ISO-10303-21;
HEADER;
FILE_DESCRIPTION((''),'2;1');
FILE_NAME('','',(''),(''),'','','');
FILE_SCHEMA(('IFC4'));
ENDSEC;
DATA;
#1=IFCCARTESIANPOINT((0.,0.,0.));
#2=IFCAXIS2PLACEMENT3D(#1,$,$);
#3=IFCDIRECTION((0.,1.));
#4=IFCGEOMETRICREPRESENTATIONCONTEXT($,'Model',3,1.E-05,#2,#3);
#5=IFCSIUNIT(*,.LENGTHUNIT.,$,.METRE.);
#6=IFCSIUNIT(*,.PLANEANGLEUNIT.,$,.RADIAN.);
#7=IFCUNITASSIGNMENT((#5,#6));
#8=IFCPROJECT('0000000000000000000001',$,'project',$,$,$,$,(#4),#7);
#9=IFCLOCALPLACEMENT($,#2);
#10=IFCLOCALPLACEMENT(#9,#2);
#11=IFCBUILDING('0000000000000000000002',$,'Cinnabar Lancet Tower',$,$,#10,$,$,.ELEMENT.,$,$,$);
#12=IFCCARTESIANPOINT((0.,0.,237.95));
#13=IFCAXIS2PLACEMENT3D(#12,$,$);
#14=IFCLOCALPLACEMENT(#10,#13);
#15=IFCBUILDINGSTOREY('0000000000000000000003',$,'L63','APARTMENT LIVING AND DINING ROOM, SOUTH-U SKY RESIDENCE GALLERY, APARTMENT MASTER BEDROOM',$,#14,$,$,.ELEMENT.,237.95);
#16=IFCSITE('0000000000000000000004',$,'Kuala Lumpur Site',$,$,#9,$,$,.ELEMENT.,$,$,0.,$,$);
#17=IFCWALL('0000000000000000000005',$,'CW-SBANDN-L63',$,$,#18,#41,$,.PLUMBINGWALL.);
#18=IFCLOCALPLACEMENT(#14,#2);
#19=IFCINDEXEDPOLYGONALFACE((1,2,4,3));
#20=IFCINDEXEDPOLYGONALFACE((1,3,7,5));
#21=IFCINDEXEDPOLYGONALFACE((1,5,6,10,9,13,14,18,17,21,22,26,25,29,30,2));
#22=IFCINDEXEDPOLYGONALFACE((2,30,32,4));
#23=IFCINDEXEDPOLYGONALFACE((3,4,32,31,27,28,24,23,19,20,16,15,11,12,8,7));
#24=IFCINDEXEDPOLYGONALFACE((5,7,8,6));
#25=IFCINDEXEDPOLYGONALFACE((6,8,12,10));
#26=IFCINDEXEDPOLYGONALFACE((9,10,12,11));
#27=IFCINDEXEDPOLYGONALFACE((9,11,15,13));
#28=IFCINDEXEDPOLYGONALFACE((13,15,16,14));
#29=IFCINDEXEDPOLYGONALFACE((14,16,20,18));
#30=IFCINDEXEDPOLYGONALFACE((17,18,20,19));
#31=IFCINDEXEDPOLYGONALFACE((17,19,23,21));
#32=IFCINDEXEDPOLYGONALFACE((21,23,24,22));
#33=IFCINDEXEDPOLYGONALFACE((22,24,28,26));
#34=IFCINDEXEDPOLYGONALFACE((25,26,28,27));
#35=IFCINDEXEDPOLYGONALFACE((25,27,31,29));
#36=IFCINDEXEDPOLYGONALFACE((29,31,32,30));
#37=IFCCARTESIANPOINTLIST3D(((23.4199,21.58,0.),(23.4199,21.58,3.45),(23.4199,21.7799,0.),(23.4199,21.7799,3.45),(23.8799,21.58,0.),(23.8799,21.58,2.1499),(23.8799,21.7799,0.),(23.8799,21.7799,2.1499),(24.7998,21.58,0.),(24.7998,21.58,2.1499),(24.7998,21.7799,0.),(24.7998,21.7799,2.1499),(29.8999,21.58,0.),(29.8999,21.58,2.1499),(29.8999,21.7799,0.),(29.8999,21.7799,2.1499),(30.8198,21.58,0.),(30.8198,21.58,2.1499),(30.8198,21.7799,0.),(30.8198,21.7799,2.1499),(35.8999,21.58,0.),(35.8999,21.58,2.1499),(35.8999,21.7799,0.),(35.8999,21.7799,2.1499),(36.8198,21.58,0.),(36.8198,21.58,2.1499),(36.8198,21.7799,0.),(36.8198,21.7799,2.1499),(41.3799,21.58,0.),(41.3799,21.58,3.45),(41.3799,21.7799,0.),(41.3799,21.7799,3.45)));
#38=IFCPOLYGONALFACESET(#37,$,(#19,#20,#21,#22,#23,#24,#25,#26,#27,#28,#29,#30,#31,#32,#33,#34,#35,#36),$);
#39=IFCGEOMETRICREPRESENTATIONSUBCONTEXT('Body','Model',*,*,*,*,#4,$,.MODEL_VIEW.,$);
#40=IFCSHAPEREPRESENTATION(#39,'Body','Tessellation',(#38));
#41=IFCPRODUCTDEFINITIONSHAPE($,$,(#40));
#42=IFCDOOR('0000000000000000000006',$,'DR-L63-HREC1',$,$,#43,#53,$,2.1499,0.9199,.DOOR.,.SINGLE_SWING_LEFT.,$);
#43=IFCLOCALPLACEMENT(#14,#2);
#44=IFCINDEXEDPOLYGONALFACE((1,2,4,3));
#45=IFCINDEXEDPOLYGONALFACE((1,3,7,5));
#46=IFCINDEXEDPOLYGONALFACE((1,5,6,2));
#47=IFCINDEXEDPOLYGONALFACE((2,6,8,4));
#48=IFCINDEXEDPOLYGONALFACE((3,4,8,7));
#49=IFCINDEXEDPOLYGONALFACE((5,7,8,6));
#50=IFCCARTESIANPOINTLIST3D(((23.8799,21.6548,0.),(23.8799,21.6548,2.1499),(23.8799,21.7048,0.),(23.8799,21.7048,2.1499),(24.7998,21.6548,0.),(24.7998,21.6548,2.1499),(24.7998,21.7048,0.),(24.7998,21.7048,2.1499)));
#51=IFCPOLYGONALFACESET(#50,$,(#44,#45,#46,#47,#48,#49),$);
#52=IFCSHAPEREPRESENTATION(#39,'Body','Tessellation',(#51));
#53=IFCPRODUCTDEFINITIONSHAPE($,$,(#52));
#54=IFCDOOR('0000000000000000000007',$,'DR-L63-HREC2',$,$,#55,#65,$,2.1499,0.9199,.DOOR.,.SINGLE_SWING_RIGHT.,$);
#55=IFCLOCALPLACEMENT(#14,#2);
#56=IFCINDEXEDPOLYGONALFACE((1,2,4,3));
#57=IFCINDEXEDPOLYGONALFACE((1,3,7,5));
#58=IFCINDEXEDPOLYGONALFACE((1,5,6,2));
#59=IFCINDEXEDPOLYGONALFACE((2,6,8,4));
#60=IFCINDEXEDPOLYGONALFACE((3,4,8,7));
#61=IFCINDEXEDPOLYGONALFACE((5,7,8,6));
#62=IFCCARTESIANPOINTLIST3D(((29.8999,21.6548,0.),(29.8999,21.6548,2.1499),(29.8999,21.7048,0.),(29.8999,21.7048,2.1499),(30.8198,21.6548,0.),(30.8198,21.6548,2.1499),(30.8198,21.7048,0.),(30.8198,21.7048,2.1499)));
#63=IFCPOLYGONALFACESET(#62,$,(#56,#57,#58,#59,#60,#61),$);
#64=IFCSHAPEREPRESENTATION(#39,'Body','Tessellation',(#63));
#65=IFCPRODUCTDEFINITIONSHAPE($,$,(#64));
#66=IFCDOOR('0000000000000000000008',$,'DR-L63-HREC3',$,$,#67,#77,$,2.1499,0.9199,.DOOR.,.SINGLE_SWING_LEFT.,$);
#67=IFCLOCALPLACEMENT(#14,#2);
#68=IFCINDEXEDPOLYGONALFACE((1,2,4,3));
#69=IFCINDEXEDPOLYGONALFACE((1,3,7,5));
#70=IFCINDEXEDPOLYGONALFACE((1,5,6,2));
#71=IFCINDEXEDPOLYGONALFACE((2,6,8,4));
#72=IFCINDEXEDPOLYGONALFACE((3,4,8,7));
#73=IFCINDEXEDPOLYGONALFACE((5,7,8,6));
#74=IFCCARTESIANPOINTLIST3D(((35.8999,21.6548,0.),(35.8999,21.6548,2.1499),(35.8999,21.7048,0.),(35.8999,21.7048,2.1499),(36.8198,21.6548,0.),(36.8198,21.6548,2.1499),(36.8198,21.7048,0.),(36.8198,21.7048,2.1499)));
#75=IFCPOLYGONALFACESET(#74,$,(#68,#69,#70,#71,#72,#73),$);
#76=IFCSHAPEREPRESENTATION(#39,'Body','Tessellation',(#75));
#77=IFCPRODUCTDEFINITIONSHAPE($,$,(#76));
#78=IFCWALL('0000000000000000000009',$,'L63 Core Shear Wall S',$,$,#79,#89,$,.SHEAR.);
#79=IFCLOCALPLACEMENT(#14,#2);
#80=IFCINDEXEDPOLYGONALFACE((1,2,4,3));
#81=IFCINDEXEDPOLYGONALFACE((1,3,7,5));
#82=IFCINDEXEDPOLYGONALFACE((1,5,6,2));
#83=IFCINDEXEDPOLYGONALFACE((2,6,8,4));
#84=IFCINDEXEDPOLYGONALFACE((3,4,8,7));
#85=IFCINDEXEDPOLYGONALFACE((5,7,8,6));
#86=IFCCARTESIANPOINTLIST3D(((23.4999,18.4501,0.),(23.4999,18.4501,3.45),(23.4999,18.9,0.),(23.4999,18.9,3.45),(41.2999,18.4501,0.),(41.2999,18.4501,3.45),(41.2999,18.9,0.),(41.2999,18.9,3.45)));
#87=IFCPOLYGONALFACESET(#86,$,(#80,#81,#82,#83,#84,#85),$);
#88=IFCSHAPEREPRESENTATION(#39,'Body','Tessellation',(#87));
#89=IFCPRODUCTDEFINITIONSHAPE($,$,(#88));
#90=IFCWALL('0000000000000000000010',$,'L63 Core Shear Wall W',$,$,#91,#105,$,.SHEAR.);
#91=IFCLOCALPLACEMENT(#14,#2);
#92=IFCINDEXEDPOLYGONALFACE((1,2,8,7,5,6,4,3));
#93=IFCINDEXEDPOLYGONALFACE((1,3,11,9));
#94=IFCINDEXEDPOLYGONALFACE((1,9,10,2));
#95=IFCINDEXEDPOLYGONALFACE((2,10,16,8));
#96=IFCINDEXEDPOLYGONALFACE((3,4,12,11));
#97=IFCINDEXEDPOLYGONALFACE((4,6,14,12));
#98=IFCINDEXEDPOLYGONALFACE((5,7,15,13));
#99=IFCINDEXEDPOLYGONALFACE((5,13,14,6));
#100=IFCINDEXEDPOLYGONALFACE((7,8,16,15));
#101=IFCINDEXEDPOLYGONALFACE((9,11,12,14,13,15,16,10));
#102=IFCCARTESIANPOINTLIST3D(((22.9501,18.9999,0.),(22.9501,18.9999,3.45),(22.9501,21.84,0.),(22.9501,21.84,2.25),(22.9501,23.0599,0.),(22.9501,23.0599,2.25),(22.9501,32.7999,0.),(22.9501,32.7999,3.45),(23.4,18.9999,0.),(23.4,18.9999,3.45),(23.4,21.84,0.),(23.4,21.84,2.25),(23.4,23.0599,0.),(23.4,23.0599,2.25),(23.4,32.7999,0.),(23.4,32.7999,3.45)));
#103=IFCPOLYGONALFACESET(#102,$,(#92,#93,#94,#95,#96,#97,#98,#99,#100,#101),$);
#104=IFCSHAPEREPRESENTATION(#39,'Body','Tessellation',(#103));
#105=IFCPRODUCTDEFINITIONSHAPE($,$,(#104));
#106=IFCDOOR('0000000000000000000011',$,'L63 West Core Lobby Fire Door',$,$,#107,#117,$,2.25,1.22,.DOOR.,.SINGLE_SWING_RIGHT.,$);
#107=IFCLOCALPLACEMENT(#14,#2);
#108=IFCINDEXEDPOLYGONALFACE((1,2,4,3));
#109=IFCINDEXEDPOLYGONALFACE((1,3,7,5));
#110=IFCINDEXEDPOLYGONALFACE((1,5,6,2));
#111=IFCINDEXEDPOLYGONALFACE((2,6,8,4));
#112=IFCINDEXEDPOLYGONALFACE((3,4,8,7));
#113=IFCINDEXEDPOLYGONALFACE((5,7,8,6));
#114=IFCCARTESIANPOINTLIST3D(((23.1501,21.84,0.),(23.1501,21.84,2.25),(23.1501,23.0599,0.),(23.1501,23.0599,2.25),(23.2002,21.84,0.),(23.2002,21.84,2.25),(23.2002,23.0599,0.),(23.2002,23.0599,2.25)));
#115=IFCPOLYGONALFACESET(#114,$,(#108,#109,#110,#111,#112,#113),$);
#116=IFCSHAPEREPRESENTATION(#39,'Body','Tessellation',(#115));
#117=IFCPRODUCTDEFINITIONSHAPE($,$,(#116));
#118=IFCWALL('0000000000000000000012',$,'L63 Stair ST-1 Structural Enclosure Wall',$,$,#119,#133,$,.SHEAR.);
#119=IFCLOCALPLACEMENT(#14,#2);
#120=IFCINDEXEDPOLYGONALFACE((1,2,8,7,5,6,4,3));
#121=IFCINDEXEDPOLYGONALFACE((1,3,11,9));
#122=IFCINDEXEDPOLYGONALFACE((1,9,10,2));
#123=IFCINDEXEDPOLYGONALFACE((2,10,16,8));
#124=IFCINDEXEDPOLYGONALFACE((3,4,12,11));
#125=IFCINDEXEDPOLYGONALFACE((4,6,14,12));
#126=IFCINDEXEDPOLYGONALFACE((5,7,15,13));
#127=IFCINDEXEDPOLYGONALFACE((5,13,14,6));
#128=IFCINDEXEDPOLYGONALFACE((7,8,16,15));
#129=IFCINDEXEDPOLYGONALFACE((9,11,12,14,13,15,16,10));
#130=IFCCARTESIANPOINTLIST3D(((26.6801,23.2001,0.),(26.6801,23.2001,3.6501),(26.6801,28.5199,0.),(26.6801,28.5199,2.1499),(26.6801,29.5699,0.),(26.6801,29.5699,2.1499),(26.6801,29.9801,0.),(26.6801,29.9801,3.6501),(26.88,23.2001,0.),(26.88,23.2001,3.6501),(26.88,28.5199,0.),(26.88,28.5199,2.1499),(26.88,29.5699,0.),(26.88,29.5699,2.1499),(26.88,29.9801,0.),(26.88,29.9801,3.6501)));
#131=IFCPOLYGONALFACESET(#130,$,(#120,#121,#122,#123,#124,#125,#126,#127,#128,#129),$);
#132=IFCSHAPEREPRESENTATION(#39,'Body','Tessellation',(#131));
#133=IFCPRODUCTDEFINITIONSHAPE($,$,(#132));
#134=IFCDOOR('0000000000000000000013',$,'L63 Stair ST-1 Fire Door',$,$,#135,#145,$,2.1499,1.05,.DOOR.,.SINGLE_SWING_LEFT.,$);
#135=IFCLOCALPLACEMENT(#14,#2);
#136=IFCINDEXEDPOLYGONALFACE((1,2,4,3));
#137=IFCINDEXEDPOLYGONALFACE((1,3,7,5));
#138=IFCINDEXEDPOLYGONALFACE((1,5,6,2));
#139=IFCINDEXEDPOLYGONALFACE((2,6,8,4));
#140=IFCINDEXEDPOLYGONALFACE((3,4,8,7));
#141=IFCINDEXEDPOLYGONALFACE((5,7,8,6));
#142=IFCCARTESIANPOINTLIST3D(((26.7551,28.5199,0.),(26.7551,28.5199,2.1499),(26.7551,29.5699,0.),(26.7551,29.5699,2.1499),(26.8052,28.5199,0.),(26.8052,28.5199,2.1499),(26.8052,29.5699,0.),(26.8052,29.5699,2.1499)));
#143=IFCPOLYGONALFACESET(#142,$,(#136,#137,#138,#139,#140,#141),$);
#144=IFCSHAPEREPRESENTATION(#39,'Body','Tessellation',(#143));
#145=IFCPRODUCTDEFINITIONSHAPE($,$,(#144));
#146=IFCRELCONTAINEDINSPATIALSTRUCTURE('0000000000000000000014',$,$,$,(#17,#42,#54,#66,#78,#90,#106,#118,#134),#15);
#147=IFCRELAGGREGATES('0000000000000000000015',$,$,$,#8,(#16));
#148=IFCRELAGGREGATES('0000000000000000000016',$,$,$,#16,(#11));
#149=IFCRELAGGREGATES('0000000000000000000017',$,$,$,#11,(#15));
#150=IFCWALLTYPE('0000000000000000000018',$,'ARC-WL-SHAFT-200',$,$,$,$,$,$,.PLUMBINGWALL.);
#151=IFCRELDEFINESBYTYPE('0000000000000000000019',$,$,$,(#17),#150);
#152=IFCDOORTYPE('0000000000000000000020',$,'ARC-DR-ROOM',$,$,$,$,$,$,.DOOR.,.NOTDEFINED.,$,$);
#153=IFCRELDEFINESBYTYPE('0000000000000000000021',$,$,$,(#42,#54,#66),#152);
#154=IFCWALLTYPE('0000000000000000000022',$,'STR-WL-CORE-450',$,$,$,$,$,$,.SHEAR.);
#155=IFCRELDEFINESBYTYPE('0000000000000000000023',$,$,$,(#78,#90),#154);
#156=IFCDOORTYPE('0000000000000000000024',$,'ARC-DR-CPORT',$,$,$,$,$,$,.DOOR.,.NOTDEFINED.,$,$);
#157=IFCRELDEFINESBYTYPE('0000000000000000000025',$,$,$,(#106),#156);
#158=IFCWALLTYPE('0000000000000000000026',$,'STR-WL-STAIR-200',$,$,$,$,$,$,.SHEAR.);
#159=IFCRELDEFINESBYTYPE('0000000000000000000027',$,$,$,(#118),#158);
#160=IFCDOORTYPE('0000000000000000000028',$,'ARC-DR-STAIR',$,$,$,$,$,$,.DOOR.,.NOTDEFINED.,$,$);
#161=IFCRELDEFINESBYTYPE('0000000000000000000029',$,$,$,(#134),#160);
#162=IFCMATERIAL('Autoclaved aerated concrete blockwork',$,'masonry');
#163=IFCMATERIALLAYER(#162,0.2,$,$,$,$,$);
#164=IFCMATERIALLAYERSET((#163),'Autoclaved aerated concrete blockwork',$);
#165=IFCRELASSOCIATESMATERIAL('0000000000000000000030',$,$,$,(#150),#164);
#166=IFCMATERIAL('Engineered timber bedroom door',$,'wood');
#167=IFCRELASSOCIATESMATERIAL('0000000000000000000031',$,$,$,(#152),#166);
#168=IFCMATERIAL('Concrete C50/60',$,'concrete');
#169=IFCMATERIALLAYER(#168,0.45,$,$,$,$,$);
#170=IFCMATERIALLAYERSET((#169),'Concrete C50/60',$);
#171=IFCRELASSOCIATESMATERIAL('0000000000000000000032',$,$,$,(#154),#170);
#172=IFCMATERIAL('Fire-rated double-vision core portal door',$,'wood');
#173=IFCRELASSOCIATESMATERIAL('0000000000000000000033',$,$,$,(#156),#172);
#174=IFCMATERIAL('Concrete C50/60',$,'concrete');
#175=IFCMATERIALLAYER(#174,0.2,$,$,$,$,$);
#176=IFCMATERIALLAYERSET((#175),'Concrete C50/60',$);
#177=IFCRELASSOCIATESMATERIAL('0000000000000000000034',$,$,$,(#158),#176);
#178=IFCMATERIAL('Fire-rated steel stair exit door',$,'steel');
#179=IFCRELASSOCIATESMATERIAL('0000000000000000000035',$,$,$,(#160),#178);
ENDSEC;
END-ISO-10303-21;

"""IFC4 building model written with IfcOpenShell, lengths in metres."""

from ifc_helpers import new_model, si_unit, direction, frame, frame_2d, origin, place, context, subcontext, project, spatial, rectangle, extrude, material, layer, layer_set, type_object, element, fill, save


model = new_model("IFC4")

# Units and contexts
model_context = context("Model", 3, precision=1e-05, world=origin(), true_north=direction((0.0, 1.0)))
body_context = subcontext(model_context, "Body", "Model", "MODEL_VIEW")
ifc_project = project(units=[si_unit("LENGTHUNIT", "METRE"), si_unit("PLANEANGLEUNIT", "RADIAN")], contexts=[model_context])

# Site, building, storey
site_placement = place(None, origin())
site = spatial("IfcSite", under=ifc_project, at=site_placement, Name="Kuala Lumpur Site", CompositionType="ELEMENT", RefElevation=0.0)
building_placement = place(site_placement, origin())
building = spatial("IfcBuilding", under=site, at=building_placement, Name="Cinnabar Lancet Tower", CompositionType="ELEMENT")
storey_placement = place(building_placement, frame((0.0, 0.0, 237.95)))
storey = spatial("IfcBuildingStorey", under=building, at=storey_placement, Name="L63", Description="APARTMENT LIVING AND DINING ROOM, SOUTH-U SKY RESIDENCE GALLERY, APARTMENT MASTER BEDROOM", CompositionType="ELEMENT", Elevation=237.95)

# Shared definitions
ifc_material_1 = material(Name="Autoclaved aerated concrete blockwork", Category="masonry")
ifc_layer_1 = layer(ifc_material_1, 0.2)
ifc_layer_set_1 = layer_set([ifc_layer_1], Name="Autoclaved aerated concrete blockwork")
wall_type_1 = type_object("IfcWallType", Name="ARC-WL-SHAFT-200", PredefinedType="PLUMBINGWALL", material=ifc_layer_set_1)

# Wall, openings, doors
wall_1_placement = place(storey_placement, frame((23.4199, 21.6799, 0.0), z_axis=(0.0, 0.0, 1.0), x_axis=(1.0, 0.0, 0.0)))
wall_1 = element("IfcWall", 1, at=wall_1_placement, inside=storey, type_object=wall_type_1, Name="CW-SBANDN-L63", PredefinedType="PLUMBINGWALL", context=body_context, shape_type="SweptSolid", body=[
    extrude(rectangle(XDim=17.96, YDim=0.2, at=frame_2d((8.98, 0.0))), origin(), (0.0, 0.0, 1.0), 3.45),
])
opening_1_placement = place(wall_1_placement, frame((0.46, 0.0, 0.0)))
opening_1 = element("IfcOpeningElement", 2, at=opening_1_placement, cuts=wall_1, PredefinedType="OPENING", context=body_context, shape_type="SweptSolid", body=[
    extrude(rectangle(XDim=0.9199, YDim=2.1499, at=frame_2d((0.46, 1.075))), frame((0.0, 0.1099, 0.0), z_axis=(0.0, -1.0, 0.0), x_axis=(1.0, 0.0, 0.0)), (0.0, 0.0, 1.0), 0.22),
])
opening_2_placement = place(wall_1_placement, frame((6.48, 0.0, 0.0)))
opening_2 = element("IfcOpeningElement", 3, at=opening_2_placement, cuts=wall_1, PredefinedType="OPENING", context=body_context, shape_type="SweptSolid", body=[
    extrude(rectangle(XDim=0.9199, YDim=2.1499, at=frame_2d((0.46, 1.075))), frame((0.0, 0.1099, 0.0), z_axis=(0.0, -1.0, 0.0), x_axis=(1.0, 0.0, 0.0)), (0.0, 0.0, 1.0), 0.22),
])
opening_3_placement = place(wall_1_placement, frame((12.48, 0.0, 0.0)))
opening_3 = element("IfcOpeningElement", 4, at=opening_3_placement, cuts=wall_1, PredefinedType="OPENING", context=body_context, shape_type="SweptSolid", body=[
    extrude(rectangle(XDim=0.9199, YDim=2.1499, at=frame_2d((0.46, 1.075))), frame((0.0, 0.1099, 0.0), z_axis=(0.0, -1.0, 0.0), x_axis=(1.0, 0.0, 0.0)), (0.0, 0.0, 1.0), 0.22),
])
ifc_material_2 = material(Name="Engineered timber bedroom door", Category="wood")
door_type_1 = type_object("IfcDoorType", Name="ARC-DR-ROOM", OperationType="NOTDEFINED", PredefinedType="DOOR", material=ifc_material_2)
door_1_placement = place(opening_1_placement, origin())
door_1 = element("IfcDoor", 5, at=door_1_placement, inside=storey, type_object=door_type_1, Name="DR-L63-HREC1", OperationType="SINGLE_SWING_LEFT", OverallHeight=2.1499, OverallWidth=0.9199, PredefinedType="DOOR", context=body_context, shape_type="SweptSolid", body=[
    extrude(rectangle(XDim=0.9199, YDim=2.1499, at=frame_2d((0.46, 1.075))), frame((0.0, 0.0249, 0.0), z_axis=(0.0, -1.0, 0.0), x_axis=(1.0, 0.0, 0.0)), (0.0, 0.0, 1.0), 0.05),
])
fill(opening_1, door_1)
door_2_placement = place(opening_2_placement, origin())
door_2 = element("IfcDoor", 6, at=door_2_placement, inside=storey, type_object=door_type_1, Name="DR-L63-HREC2", OperationType="SINGLE_SWING_RIGHT", OverallHeight=2.1499, OverallWidth=0.9199, PredefinedType="DOOR", context=body_context, shape_type="SweptSolid", body=[
    extrude(rectangle(XDim=0.9199, YDim=2.1499, at=frame_2d((0.46, 1.075))), frame((0.0, 0.0249, 0.0), z_axis=(0.0, -1.0, 0.0), x_axis=(1.0, 0.0, 0.0)), (0.0, 0.0, 1.0), 0.05),
])
fill(opening_2, door_2)
door_3_placement = place(opening_3_placement, origin())
door_3 = element("IfcDoor", 7, at=door_3_placement, inside=storey, type_object=door_type_1, Name="DR-L63-HREC3", OperationType="SINGLE_SWING_LEFT", OverallHeight=2.1499, OverallWidth=0.9199, PredefinedType="DOOR", context=body_context, shape_type="SweptSolid", body=[
    extrude(rectangle(XDim=0.9199, YDim=2.1499, at=frame_2d((0.46, 1.075))), frame((0.0, 0.0249, 0.0), z_axis=(0.0, -1.0, 0.0), x_axis=(1.0, 0.0, 0.0)), (0.0, 0.0, 1.0), 0.05),
])
fill(opening_3, door_3)

# Wall
ifc_material_3 = material(Name="Concrete C50/60", Category="concrete")
ifc_layer_2 = layer(ifc_material_3, 0.45)
ifc_layer_set_2 = layer_set([ifc_layer_2], Name="Concrete C50/60")
wall_type_2 = type_object("IfcWallType", Name="STR-WL-CORE-450", PredefinedType="SHEAR", material=ifc_layer_set_2)
wall_2_placement = place(storey_placement, frame((23.5, 18.675, 0.0), z_axis=(0.0, 0.0, 1.0), x_axis=(1.0, 0.0, 0.0)))
element("IfcWall", 8, at=wall_2_placement, inside=storey, type_object=wall_type_2, Name="L63 Core Shear Wall S", PredefinedType="SHEAR", context=body_context, shape_type="SweptSolid", body=[
    extrude(rectangle(XDim=17.8, YDim=0.45, at=frame_2d((8.8999, 0.0))), origin(), (0.0, 0.0, 1.0), 3.45),
])

# Walls, openings, doors
wall_3_placement = place(storey_placement, frame((23.175, 19.0, 0.0), z_axis=(0.0, 0.0, 1.0), x_axis=(0.0, 1.0, 0.0)))
wall_3 = element("IfcWall", 9, at=wall_3_placement, inside=storey, type_object=wall_type_2, Name="L63 Core Shear Wall W", PredefinedType="SHEAR", context=body_context, shape_type="SweptSolid", body=[
    extrude(rectangle(XDim=13.8, YDim=0.45, at=frame_2d((6.8999, 0.0))), origin(), (0.0, 0.0, 1.0), 3.45),
])
opening_4_placement = place(wall_3_placement, frame((2.8401, 0.0, 0.0)))
opening_4 = element("IfcOpeningElement", 10, at=opening_4_placement, cuts=wall_3, PredefinedType="OPENING", context=body_context, shape_type="SweptSolid", body=[
    extrude(rectangle(XDim=1.22, YDim=2.25, at=frame_2d((0.6099, 1.125))), frame((0.0, 0.2349, 0.0), z_axis=(0.0, -1.0, 0.0), x_axis=(1.0, 0.0, 0.0)), (0.0, 0.0, 1.0), 0.47),
])
ifc_material_4 = material(Name="Fire-rated double-vision core portal door", Category="wood")
door_type_2 = type_object("IfcDoorType", Name="ARC-DR-CPORT", OperationType="NOTDEFINED", PredefinedType="DOOR", material=ifc_material_4)
door_4_placement = place(opening_4_placement, origin())
door_4 = element("IfcDoor", 11, at=door_4_placement, inside=storey, type_object=door_type_2, Name="L63 West Core Lobby Fire Door", OperationType="SINGLE_SWING_RIGHT", OverallHeight=2.25, OverallWidth=1.22, PredefinedType="DOOR", context=body_context, shape_type="SweptSolid", body=[
    extrude(rectangle(XDim=1.22, YDim=2.25, at=frame_2d((0.6099, 1.125))), frame((0.0, 0.0249, 0.0), z_axis=(0.0, -1.0, 0.0), x_axis=(1.0, 0.0, 0.0)), (0.0, 0.0, 1.0), 0.05),
])
fill(opening_4, door_4)
ifc_material_5 = material(Name="Concrete C50/60", Category="concrete")
ifc_layer_3 = layer(ifc_material_5, 0.2)
ifc_layer_set_3 = layer_set([ifc_layer_3], Name="Concrete C50/60")
wall_type_3 = type_object("IfcWallType", Name="STR-WL-STAIR-200", PredefinedType="SHEAR", material=ifc_layer_set_3)
wall_4_placement = place(storey_placement, frame((26.78, 23.2, 0.0), z_axis=(0.0, 0.0, 1.0), x_axis=(0.0, 1.0, 0.0)))
wall_4 = element("IfcWall", 12, at=wall_4_placement, inside=storey, type_object=wall_type_3, Name="L63 Stair ST-1 Structural Enclosure Wall", PredefinedType="SHEAR", context=body_context, shape_type="SweptSolid", body=[
    extrude(rectangle(XDim=6.78, YDim=0.2, at=frame_2d((3.3901, 0.0))), origin(), (0.0, 0.0, 1.0), 3.6501),
])
opening_5_placement = place(wall_4_placement, frame((5.3201, 0.0, 0.0)))
opening_5 = element("IfcOpeningElement", 13, at=opening_5_placement, cuts=wall_4, PredefinedType="OPENING", context=body_context, shape_type="SweptSolid", body=[
    extrude(rectangle(XDim=1.05, YDim=2.1499, at=frame_2d((0.5249, 1.075))), frame((0.0, 0.1099, 0.0), z_axis=(0.0, -1.0, 0.0), x_axis=(1.0, 0.0, 0.0)), (0.0, 0.0, 1.0), 0.22),
])
ifc_material_6 = material(Name="Fire-rated steel stair exit door", Category="steel")
door_type_3 = type_object("IfcDoorType", Name="ARC-DR-STAIR", OperationType="NOTDEFINED", PredefinedType="DOOR", material=ifc_material_6)
door_5_placement = place(opening_5_placement, origin())
door_5 = element("IfcDoor", 14, at=door_5_placement, inside=storey, type_object=door_type_3, Name="L63 Stair ST-1 Fire Door", OperationType="SINGLE_SWING_LEFT", OverallHeight=2.1499, OverallWidth=1.05, PredefinedType="DOOR", context=body_context, shape_type="SweptSolid", body=[
    extrude(rectangle(XDim=1.05, YDim=2.1499, at=frame_2d((0.5249, 1.075))), frame((0.0, 0.0249, 0.0), z_axis=(0.0, -1.0, 0.0), x_axis=(1.0, 0.0, 0.0)), (0.0, 0.0, 1.0), 0.05),
])
fill(opening_5, door_5)

save(model, "model.ifc")
